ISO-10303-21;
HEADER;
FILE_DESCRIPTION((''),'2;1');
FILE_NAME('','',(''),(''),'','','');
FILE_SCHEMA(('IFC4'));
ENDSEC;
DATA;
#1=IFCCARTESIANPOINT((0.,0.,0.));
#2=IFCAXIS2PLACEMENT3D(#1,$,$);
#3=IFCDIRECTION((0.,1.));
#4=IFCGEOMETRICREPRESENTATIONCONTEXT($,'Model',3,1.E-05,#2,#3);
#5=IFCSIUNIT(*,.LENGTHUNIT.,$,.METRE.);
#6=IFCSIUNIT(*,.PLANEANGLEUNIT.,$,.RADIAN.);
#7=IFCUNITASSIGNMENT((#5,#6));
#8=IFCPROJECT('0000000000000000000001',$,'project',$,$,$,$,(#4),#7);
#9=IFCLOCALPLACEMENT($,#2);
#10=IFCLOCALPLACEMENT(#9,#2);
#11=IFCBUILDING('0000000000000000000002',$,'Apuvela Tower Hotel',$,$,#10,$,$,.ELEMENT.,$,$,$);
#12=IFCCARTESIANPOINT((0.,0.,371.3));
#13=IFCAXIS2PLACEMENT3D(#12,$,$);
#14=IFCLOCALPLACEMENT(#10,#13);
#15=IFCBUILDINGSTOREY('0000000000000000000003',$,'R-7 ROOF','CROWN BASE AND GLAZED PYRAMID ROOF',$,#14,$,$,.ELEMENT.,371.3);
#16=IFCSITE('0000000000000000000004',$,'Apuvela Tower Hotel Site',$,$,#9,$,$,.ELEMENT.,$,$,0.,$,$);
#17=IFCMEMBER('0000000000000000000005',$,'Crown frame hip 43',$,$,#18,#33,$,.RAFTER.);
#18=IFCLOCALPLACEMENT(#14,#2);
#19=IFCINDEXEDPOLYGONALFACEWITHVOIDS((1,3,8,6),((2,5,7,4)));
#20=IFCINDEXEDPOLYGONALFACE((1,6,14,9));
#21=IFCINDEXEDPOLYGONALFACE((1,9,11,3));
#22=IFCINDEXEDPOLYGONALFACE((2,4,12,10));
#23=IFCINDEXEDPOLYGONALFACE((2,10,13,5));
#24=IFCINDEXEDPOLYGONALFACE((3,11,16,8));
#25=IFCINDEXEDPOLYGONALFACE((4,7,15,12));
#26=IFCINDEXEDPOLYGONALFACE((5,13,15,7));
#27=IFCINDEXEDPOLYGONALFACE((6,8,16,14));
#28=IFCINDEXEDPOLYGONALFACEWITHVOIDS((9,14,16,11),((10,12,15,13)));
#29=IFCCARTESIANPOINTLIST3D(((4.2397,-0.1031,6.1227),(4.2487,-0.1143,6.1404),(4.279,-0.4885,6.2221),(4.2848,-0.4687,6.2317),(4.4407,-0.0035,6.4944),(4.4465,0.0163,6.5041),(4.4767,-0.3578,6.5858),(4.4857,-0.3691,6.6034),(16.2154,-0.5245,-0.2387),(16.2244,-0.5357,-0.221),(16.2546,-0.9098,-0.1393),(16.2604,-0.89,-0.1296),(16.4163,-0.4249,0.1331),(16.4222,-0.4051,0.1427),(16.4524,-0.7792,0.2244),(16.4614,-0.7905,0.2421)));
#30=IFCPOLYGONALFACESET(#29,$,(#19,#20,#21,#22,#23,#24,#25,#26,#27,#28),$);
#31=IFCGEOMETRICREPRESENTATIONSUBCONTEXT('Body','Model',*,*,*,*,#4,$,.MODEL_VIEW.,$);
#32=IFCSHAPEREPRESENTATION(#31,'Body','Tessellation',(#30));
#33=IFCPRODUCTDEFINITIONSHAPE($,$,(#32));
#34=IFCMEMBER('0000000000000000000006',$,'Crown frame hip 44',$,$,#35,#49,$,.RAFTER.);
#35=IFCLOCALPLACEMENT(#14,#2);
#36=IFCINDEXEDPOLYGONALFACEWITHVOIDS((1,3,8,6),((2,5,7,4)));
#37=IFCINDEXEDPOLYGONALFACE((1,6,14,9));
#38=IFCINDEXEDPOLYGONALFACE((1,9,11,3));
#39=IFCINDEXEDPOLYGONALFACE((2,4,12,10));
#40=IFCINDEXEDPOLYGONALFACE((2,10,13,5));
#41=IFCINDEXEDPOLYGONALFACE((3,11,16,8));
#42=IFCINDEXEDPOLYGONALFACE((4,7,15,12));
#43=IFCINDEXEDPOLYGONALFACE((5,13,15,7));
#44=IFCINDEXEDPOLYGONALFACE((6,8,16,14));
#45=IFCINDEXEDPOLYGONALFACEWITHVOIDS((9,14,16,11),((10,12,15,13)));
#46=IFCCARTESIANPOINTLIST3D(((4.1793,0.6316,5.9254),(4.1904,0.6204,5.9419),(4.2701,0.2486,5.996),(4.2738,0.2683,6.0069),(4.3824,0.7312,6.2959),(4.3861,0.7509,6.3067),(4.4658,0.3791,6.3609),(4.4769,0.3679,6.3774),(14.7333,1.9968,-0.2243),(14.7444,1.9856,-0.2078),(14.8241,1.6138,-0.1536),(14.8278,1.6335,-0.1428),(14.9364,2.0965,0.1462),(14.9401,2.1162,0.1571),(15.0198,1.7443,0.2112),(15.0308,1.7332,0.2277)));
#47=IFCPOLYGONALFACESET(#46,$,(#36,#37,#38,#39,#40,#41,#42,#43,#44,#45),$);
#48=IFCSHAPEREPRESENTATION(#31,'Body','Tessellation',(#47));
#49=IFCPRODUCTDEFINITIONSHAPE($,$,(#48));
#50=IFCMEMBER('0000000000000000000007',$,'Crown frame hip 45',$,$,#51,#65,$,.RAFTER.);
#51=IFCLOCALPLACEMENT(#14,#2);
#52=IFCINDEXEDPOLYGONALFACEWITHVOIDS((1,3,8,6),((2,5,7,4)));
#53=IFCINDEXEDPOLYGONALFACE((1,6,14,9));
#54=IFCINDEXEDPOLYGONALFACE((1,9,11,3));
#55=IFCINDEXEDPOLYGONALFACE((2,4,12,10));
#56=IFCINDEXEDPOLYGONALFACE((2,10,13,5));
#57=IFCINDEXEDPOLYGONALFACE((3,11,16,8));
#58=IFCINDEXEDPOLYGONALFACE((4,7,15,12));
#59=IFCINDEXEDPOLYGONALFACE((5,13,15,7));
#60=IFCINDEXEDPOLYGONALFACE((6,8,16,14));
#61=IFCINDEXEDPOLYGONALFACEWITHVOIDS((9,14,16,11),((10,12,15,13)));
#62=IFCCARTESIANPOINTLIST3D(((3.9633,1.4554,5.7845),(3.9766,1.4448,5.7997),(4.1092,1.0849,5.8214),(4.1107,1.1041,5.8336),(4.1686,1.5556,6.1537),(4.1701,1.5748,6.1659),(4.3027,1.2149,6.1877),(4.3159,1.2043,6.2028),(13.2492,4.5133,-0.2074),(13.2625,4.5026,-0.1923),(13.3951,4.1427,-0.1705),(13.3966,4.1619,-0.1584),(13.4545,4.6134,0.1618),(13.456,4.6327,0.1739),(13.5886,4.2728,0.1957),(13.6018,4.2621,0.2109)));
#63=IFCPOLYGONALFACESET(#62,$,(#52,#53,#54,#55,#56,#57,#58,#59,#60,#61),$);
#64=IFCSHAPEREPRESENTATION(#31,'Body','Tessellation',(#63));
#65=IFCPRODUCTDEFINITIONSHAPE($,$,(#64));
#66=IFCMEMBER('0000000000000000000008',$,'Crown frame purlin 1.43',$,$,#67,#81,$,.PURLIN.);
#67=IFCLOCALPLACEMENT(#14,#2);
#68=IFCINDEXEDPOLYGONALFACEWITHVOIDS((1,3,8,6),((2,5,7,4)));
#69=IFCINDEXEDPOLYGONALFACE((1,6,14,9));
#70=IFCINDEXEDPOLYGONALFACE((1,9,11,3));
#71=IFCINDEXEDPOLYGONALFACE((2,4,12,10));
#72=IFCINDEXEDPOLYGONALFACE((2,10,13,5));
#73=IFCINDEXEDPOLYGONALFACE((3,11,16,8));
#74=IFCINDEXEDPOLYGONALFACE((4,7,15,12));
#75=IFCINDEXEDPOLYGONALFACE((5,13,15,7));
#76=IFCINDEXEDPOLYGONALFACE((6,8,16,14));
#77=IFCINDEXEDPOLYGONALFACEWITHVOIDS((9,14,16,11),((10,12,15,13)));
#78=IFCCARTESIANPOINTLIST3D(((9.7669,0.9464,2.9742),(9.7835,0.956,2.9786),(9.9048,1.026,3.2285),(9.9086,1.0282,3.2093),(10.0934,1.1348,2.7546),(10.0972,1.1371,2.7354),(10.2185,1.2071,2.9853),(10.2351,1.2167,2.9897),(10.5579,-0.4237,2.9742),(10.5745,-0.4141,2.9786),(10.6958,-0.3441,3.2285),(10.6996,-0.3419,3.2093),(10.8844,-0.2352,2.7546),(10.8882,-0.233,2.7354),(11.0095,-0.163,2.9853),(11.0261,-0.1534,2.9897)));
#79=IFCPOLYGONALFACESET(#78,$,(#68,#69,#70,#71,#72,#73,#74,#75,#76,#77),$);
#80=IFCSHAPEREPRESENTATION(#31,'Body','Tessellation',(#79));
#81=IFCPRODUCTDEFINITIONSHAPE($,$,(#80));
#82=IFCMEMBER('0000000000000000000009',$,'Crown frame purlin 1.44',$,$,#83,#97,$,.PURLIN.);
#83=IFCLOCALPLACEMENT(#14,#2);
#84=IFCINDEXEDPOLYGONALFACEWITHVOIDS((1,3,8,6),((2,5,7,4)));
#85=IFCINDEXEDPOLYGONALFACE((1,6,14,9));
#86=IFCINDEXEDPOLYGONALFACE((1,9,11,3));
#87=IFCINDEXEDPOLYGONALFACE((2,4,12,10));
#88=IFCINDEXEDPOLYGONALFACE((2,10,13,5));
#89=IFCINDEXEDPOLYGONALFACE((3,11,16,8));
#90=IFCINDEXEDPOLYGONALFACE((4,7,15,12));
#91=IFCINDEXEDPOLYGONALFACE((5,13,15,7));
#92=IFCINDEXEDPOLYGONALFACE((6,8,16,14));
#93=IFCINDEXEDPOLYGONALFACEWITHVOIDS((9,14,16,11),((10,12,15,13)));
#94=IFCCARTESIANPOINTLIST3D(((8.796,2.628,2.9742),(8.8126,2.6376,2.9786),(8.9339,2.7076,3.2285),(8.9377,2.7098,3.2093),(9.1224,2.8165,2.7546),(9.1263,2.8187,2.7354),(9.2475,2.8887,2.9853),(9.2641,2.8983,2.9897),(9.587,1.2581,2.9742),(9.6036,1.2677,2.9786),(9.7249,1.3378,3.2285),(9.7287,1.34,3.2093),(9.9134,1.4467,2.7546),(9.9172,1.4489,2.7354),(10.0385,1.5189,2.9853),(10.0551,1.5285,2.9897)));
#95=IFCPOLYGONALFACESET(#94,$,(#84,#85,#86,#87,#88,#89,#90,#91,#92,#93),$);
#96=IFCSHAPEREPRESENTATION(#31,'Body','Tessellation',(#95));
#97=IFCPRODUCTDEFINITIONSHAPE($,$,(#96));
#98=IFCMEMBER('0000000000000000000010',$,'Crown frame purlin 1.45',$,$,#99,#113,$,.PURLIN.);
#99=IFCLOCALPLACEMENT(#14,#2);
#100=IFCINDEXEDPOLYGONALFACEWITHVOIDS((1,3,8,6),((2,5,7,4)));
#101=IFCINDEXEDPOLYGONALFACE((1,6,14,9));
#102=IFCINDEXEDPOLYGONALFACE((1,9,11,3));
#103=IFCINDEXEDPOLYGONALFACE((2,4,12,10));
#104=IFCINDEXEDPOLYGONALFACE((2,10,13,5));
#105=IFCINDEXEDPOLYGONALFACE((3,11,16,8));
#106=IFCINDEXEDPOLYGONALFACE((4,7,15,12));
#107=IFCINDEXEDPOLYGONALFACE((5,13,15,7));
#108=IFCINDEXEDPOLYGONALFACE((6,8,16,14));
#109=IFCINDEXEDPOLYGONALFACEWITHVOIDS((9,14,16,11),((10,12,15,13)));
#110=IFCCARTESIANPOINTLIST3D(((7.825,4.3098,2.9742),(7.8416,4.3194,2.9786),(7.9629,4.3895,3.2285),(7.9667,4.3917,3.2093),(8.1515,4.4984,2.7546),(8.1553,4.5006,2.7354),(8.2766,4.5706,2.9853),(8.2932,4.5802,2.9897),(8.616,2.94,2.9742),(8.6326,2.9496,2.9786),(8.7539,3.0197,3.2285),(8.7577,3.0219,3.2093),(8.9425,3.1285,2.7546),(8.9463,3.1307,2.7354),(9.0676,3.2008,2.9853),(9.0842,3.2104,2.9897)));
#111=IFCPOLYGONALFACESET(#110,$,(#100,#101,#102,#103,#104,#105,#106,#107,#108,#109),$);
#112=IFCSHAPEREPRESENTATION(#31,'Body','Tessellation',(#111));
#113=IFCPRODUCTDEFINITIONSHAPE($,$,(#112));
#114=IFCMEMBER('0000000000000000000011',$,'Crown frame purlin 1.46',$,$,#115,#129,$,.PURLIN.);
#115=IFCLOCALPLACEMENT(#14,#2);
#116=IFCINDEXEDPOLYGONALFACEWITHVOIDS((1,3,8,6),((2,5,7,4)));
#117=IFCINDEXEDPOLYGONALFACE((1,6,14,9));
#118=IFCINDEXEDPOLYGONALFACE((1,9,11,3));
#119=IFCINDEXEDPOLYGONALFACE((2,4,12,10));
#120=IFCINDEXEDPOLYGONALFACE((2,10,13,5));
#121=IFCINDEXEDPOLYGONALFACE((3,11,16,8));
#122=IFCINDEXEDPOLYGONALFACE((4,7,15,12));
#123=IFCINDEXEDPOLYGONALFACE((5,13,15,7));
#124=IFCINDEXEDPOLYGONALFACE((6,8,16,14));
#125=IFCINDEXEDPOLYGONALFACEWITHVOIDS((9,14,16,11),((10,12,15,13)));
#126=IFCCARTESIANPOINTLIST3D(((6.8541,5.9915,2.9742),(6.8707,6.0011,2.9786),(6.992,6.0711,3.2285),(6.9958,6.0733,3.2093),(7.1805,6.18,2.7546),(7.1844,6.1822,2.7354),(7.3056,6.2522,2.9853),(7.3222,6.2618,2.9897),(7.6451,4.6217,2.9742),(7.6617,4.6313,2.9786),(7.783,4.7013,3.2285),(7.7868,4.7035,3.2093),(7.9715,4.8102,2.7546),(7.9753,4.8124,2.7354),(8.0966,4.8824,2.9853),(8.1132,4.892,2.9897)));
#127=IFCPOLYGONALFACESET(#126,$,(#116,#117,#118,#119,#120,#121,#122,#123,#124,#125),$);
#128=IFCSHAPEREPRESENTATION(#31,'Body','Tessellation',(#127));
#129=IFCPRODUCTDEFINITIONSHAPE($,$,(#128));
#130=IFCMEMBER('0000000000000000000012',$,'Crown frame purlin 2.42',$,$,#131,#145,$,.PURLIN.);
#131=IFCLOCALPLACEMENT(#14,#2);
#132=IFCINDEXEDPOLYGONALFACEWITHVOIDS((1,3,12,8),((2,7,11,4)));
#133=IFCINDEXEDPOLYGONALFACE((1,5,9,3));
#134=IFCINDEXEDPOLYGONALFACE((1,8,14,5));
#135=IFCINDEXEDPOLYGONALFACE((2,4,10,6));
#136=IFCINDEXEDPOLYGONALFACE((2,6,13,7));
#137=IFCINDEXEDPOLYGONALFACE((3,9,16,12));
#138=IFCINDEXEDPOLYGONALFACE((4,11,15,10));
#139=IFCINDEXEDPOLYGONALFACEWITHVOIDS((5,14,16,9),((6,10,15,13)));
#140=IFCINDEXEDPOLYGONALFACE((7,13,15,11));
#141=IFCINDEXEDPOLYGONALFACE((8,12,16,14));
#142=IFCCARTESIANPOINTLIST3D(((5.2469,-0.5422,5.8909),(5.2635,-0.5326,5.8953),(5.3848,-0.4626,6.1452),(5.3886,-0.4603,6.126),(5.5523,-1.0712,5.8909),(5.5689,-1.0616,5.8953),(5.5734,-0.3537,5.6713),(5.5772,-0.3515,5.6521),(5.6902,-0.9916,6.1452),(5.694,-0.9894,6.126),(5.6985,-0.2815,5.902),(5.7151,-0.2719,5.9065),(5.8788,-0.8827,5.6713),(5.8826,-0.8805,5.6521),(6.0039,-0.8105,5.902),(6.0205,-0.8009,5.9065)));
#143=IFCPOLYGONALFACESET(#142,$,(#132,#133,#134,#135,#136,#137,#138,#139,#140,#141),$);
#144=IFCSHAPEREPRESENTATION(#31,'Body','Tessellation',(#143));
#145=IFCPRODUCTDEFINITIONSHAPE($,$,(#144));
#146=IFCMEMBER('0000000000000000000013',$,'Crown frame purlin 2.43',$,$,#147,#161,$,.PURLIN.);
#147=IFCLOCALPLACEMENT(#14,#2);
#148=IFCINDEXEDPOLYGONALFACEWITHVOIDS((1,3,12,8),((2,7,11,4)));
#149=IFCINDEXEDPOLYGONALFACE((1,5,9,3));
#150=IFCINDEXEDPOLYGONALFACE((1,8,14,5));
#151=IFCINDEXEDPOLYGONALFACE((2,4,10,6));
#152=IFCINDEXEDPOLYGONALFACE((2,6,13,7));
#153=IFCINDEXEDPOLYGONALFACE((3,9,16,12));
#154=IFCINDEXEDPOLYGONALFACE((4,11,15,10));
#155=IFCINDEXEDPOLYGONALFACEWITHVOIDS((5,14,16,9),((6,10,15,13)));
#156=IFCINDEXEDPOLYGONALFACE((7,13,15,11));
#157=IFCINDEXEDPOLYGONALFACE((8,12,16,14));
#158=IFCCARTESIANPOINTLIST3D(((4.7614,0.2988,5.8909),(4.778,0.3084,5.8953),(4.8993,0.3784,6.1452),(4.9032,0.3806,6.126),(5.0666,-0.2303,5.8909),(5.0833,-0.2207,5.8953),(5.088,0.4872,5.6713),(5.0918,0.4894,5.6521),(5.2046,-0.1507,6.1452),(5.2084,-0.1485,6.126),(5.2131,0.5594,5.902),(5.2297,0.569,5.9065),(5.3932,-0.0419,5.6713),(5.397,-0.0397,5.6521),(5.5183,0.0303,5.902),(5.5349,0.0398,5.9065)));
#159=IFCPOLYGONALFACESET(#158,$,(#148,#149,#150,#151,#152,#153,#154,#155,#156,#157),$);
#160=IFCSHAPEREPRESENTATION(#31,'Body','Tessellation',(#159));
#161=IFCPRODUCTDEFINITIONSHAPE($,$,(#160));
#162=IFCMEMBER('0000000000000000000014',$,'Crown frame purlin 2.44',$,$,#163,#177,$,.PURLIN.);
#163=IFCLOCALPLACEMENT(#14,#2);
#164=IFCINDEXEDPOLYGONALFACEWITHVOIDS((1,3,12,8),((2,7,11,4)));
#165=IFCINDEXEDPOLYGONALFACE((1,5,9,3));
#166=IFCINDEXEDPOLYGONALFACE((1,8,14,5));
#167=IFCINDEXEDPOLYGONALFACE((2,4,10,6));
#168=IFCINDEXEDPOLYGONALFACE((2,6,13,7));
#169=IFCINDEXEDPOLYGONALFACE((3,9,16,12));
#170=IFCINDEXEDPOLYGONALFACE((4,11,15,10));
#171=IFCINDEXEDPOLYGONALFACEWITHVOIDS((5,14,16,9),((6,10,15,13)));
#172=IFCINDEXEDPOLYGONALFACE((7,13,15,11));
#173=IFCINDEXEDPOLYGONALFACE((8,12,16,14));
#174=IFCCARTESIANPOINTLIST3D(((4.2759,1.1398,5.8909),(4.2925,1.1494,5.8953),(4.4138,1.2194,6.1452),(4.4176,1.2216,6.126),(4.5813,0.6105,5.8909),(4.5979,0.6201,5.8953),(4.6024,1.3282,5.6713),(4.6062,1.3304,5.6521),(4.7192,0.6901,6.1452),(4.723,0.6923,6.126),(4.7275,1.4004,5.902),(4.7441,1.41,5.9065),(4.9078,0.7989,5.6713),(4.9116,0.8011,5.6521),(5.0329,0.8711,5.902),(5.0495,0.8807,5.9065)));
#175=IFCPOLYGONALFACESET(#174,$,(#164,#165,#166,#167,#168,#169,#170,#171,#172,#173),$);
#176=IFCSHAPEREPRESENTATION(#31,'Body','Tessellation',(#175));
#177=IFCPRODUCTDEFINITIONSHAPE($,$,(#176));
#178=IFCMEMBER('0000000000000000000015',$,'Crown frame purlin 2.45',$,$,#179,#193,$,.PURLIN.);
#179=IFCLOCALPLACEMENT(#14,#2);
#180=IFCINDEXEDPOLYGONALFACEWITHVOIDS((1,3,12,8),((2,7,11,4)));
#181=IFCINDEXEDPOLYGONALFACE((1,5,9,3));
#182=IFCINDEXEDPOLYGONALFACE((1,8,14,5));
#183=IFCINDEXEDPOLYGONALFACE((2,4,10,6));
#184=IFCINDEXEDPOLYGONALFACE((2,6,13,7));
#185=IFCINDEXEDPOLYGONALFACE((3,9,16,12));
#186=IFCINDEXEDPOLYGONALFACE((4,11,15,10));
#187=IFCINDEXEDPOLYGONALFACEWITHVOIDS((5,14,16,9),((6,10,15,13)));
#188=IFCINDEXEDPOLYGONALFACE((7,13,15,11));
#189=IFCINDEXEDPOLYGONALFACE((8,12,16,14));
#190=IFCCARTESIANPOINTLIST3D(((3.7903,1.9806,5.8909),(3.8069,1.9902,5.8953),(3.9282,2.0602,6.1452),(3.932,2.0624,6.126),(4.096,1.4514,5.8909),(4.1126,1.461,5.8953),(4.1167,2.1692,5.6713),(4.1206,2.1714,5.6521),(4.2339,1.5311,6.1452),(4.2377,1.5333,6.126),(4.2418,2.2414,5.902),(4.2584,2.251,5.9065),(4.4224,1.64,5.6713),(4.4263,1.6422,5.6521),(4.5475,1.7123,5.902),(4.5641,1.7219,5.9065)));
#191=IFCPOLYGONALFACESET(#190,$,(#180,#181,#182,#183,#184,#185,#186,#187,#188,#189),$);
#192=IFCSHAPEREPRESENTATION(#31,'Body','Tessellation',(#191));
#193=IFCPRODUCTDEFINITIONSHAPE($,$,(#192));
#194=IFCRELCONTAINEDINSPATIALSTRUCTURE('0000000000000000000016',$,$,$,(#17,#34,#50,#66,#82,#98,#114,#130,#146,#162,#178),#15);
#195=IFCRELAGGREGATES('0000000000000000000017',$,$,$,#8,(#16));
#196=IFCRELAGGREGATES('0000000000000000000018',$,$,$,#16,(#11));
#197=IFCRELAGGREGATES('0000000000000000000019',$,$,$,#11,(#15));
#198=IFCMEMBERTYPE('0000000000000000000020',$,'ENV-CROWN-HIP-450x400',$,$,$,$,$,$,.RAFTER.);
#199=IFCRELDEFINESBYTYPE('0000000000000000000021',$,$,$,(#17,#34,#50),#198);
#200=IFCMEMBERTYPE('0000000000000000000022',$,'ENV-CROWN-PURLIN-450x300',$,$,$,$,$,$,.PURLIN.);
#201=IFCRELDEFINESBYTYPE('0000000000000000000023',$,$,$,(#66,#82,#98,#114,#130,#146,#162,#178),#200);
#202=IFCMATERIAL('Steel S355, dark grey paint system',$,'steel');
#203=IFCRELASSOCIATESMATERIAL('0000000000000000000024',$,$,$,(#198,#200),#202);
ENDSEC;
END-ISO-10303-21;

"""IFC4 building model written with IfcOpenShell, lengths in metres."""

from ifc_helpers import new_model, si_unit, direction, frame, origin, origin_2d, place, context, subcontext, project, spatial, hollow_rectangle, extrude, material, material_profile, profile_set, type_object, element, save


model = new_model("IFC4")

# Units and contexts
model_context = context("Model", 3, precision=1e-05, world=origin(), true_north=direction((0.0, 1.0)))
body_context = subcontext(model_context, "Body", "Model", "MODEL_VIEW")
ifc_project = project(units=[si_unit("LENGTHUNIT", "METRE"), si_unit("PLANEANGLEUNIT", "RADIAN")], contexts=[model_context])

# Site, building, storey
site_placement = place(None, origin())
site = spatial("IfcSite", under=ifc_project, at=site_placement, Name="Apuvela Tower Hotel Site", CompositionType="ELEMENT", RefElevation=0.0)
building_placement = place(site_placement, origin())
building = spatial("IfcBuilding", under=site, at=building_placement, Name="Apuvela Tower Hotel", CompositionType="ELEMENT")
storey_placement = place(building_placement, frame((0.0, 0.0, 371.3)))
storey = spatial("IfcBuildingStorey", under=building, at=storey_placement, Name="R-7 ROOF", Description="CROWN BASE AND GLAZED PYRAMID ROOF", CompositionType="ELEMENT", Elevation=371.3)

# Members
ifc_material_1 = material(Name="Steel S355, dark grey paint system", Category="steel")
ifc_material_profile_1 = material_profile(ifc_material_1, hollow_rectangle(XDim=0.3999, YDim=0.45, WallThickness=0.0161, at=origin_2d()), Name="HSS 450x400x16")
ifc_profile_set_1 = profile_set([ifc_material_profile_1], Name="Steel S355, dark grey paint system")
member_type_1 = type_object("IfcMemberType", Name="ENV-CROWN-HIP-450x400", PredefinedType="RAFTER", material=ifc_profile_set_1)
member_1_placement = place(storey_placement, frame((16.3384, -0.6575, 0.0017), z_axis=(-0.882711, 0.03106, 0.468889), x_axis=(0.098083, -0.963658, 0.248482)))
element("IfcMember", 1, at=member_1_placement, inside=storey, type_object=member_type_1, Name="Crown frame hip 43", PredefinedType="RAFTER", context=body_context, shape_type="SweptSolid", body=[
    extrude(hollow_rectangle(XDim=0.3999, YDim=0.45, WallThickness=0.0161, at=origin_2d()), origin(), (0.0, 0.0, 1.0), 13.5669),
])
member_2_placement = place(storey_placement, frame((14.8821, 1.865, 0.0017), z_axis=(-0.858675, -0.111076, 0.500339), x_axis=(0.226895, -0.957742, 0.176773)))
element("IfcMember", 2, at=member_2_placement, inside=storey, type_object=member_type_1, Name="Crown frame hip 44", PredefinedType="RAFTER", context=body_context, shape_type="SweptSolid", body=[
    extrude(hollow_rectangle(XDim=0.3999, YDim=0.45, WallThickness=0.0161, at=origin_2d()), origin(), (0.0, 0.0, 1.0), 12.291),
])
member_3_placement = place(storey_placement, frame((13.4255, 4.3877, 0.0017), z_axis=(-0.809825, -0.266677, 0.522559), x_axis=(0.36468, -0.926546, 0.092311)))
element("IfcMember", 3, at=member_3_placement, inside=storey, type_object=member_type_1, Name="Crown frame hip 45", PredefinedType="RAFTER", context=body_context, shape_type="SweptSolid", body=[
    extrude(hollow_rectangle(XDim=0.3999, YDim=0.45, WallThickness=0.0161, at=origin_2d()), origin(), (0.0, 0.0, 1.0), 11.4666),
])
ifc_material_profile_2 = material_profile(ifc_material_1, hollow_rectangle(XDim=0.45, YDim=0.3, WallThickness=0.0139, at=origin_2d()), Name="HSS 450x300x14")
ifc_profile_set_2 = profile_set([ifc_material_profile_2], Name="Steel S355, dark grey paint system")
member_type_2 = type_object("IfcMemberType", Name="ENV-CROWN-PURLIN-450x300", PredefinedType="PURLIN", material=ifc_profile_set_2)
member_4_placement = place(storey_placement, frame((10.792, -0.2886, 2.9819), z_axis=(-0.49999, 0.866031, 0.0), x_axis=(-0.734042, -0.423788, 0.530647)))
element("IfcMember", 4, at=member_4_placement, inside=storey, type_object=member_type_2, Name="Crown frame purlin 1.43", PredefinedType="PURLIN", context=body_context, shape_type="SweptSolid", body=[
    extrude(hollow_rectangle(XDim=0.45, YDim=0.3, WallThickness=0.0139, at=origin_2d()), origin(), (0.0, 0.0, 1.0), 1.582),
])
for number, where, z_axis, x_axis, name in (
    (5, (9.821, 1.3933, 2.9819), (-0.500056, 0.865993, 0.0), (-0.734009, -0.423844, 0.530647), "Crown frame purlin 1.44"),
    (6, (8.8501, 3.0752, 2.9819), (-0.500056, 0.865993, 0.0), (-0.734009, -0.423844, 0.530647), "Crown frame purlin 1.45"),
    (7, (7.8792, 4.7568, 2.9819), (-0.500056, 0.865993, 0.0), (-0.734009, -0.423844, 0.530647), "Crown frame purlin 1.46"),
):
    element("IfcMember", number, at=place(storey_placement, frame(where, z_axis=z_axis, x_axis=x_axis)), inside=storey, type_object=member_type_2, Name=name, PredefinedType="PURLIN", context=body_context, shape_type="SweptSolid", body=[
        extrude(hollow_rectangle(XDim=0.45, YDim=0.3, WallThickness=0.0139, at=origin_2d()), origin(), (0.0, 0.0, 1.0), 1.5818),
    ])
for number, where, z_axis, x_axis, name in (
    (8, (5.7864, -0.936, 5.8987), (-0.499965, 0.866046, 0.0), (-0.734054, -0.423766, 0.530647), "Crown frame purlin 2.42"),
    (9, (5.3008, -0.0952, 5.8987), (-0.499665, 0.866219, 0.0), (-0.734201, -0.423512, 0.530647), "Crown frame purlin 2.43"),
):
    element("IfcMember", number, at=place(storey_placement, frame(where, z_axis=z_axis, x_axis=x_axis)), inside=storey, type_object=member_type_2, Name=name, PredefinedType="PURLIN", context=body_context, shape_type="SweptSolid", body=[
        extrude(hollow_rectangle(XDim=0.45, YDim=0.3, WallThickness=0.0139, at=origin_2d()), origin(), (0.0, 0.0, 1.0), 0.6108),
    ])
for number, where, z_axis, x_axis, name in (
    (10, (4.8154, 0.7456, 5.8987), (-0.499792, 0.866146, 0.0), (-0.734139, -0.42362, 0.530647), "Crown frame purlin 2.44"),
    (11, (4.3301, 1.5867, 5.8987), (-0.500264, 0.865873, 0.0), (-0.733907, -0.42402, 0.530647), "Crown frame purlin 2.45"),
):
    element("IfcMember", number, at=place(storey_placement, frame(where, z_axis=z_axis, x_axis=x_axis)), inside=storey, type_object=member_type_2, Name=name, PredefinedType="PURLIN", context=body_context, shape_type="SweptSolid", body=[
        extrude(hollow_rectangle(XDim=0.45, YDim=0.3, WallThickness=0.0139, at=origin_2d()), origin(), (0.0, 0.0, 1.0), 0.6111),
    ])

save(model, "model.ifc")
